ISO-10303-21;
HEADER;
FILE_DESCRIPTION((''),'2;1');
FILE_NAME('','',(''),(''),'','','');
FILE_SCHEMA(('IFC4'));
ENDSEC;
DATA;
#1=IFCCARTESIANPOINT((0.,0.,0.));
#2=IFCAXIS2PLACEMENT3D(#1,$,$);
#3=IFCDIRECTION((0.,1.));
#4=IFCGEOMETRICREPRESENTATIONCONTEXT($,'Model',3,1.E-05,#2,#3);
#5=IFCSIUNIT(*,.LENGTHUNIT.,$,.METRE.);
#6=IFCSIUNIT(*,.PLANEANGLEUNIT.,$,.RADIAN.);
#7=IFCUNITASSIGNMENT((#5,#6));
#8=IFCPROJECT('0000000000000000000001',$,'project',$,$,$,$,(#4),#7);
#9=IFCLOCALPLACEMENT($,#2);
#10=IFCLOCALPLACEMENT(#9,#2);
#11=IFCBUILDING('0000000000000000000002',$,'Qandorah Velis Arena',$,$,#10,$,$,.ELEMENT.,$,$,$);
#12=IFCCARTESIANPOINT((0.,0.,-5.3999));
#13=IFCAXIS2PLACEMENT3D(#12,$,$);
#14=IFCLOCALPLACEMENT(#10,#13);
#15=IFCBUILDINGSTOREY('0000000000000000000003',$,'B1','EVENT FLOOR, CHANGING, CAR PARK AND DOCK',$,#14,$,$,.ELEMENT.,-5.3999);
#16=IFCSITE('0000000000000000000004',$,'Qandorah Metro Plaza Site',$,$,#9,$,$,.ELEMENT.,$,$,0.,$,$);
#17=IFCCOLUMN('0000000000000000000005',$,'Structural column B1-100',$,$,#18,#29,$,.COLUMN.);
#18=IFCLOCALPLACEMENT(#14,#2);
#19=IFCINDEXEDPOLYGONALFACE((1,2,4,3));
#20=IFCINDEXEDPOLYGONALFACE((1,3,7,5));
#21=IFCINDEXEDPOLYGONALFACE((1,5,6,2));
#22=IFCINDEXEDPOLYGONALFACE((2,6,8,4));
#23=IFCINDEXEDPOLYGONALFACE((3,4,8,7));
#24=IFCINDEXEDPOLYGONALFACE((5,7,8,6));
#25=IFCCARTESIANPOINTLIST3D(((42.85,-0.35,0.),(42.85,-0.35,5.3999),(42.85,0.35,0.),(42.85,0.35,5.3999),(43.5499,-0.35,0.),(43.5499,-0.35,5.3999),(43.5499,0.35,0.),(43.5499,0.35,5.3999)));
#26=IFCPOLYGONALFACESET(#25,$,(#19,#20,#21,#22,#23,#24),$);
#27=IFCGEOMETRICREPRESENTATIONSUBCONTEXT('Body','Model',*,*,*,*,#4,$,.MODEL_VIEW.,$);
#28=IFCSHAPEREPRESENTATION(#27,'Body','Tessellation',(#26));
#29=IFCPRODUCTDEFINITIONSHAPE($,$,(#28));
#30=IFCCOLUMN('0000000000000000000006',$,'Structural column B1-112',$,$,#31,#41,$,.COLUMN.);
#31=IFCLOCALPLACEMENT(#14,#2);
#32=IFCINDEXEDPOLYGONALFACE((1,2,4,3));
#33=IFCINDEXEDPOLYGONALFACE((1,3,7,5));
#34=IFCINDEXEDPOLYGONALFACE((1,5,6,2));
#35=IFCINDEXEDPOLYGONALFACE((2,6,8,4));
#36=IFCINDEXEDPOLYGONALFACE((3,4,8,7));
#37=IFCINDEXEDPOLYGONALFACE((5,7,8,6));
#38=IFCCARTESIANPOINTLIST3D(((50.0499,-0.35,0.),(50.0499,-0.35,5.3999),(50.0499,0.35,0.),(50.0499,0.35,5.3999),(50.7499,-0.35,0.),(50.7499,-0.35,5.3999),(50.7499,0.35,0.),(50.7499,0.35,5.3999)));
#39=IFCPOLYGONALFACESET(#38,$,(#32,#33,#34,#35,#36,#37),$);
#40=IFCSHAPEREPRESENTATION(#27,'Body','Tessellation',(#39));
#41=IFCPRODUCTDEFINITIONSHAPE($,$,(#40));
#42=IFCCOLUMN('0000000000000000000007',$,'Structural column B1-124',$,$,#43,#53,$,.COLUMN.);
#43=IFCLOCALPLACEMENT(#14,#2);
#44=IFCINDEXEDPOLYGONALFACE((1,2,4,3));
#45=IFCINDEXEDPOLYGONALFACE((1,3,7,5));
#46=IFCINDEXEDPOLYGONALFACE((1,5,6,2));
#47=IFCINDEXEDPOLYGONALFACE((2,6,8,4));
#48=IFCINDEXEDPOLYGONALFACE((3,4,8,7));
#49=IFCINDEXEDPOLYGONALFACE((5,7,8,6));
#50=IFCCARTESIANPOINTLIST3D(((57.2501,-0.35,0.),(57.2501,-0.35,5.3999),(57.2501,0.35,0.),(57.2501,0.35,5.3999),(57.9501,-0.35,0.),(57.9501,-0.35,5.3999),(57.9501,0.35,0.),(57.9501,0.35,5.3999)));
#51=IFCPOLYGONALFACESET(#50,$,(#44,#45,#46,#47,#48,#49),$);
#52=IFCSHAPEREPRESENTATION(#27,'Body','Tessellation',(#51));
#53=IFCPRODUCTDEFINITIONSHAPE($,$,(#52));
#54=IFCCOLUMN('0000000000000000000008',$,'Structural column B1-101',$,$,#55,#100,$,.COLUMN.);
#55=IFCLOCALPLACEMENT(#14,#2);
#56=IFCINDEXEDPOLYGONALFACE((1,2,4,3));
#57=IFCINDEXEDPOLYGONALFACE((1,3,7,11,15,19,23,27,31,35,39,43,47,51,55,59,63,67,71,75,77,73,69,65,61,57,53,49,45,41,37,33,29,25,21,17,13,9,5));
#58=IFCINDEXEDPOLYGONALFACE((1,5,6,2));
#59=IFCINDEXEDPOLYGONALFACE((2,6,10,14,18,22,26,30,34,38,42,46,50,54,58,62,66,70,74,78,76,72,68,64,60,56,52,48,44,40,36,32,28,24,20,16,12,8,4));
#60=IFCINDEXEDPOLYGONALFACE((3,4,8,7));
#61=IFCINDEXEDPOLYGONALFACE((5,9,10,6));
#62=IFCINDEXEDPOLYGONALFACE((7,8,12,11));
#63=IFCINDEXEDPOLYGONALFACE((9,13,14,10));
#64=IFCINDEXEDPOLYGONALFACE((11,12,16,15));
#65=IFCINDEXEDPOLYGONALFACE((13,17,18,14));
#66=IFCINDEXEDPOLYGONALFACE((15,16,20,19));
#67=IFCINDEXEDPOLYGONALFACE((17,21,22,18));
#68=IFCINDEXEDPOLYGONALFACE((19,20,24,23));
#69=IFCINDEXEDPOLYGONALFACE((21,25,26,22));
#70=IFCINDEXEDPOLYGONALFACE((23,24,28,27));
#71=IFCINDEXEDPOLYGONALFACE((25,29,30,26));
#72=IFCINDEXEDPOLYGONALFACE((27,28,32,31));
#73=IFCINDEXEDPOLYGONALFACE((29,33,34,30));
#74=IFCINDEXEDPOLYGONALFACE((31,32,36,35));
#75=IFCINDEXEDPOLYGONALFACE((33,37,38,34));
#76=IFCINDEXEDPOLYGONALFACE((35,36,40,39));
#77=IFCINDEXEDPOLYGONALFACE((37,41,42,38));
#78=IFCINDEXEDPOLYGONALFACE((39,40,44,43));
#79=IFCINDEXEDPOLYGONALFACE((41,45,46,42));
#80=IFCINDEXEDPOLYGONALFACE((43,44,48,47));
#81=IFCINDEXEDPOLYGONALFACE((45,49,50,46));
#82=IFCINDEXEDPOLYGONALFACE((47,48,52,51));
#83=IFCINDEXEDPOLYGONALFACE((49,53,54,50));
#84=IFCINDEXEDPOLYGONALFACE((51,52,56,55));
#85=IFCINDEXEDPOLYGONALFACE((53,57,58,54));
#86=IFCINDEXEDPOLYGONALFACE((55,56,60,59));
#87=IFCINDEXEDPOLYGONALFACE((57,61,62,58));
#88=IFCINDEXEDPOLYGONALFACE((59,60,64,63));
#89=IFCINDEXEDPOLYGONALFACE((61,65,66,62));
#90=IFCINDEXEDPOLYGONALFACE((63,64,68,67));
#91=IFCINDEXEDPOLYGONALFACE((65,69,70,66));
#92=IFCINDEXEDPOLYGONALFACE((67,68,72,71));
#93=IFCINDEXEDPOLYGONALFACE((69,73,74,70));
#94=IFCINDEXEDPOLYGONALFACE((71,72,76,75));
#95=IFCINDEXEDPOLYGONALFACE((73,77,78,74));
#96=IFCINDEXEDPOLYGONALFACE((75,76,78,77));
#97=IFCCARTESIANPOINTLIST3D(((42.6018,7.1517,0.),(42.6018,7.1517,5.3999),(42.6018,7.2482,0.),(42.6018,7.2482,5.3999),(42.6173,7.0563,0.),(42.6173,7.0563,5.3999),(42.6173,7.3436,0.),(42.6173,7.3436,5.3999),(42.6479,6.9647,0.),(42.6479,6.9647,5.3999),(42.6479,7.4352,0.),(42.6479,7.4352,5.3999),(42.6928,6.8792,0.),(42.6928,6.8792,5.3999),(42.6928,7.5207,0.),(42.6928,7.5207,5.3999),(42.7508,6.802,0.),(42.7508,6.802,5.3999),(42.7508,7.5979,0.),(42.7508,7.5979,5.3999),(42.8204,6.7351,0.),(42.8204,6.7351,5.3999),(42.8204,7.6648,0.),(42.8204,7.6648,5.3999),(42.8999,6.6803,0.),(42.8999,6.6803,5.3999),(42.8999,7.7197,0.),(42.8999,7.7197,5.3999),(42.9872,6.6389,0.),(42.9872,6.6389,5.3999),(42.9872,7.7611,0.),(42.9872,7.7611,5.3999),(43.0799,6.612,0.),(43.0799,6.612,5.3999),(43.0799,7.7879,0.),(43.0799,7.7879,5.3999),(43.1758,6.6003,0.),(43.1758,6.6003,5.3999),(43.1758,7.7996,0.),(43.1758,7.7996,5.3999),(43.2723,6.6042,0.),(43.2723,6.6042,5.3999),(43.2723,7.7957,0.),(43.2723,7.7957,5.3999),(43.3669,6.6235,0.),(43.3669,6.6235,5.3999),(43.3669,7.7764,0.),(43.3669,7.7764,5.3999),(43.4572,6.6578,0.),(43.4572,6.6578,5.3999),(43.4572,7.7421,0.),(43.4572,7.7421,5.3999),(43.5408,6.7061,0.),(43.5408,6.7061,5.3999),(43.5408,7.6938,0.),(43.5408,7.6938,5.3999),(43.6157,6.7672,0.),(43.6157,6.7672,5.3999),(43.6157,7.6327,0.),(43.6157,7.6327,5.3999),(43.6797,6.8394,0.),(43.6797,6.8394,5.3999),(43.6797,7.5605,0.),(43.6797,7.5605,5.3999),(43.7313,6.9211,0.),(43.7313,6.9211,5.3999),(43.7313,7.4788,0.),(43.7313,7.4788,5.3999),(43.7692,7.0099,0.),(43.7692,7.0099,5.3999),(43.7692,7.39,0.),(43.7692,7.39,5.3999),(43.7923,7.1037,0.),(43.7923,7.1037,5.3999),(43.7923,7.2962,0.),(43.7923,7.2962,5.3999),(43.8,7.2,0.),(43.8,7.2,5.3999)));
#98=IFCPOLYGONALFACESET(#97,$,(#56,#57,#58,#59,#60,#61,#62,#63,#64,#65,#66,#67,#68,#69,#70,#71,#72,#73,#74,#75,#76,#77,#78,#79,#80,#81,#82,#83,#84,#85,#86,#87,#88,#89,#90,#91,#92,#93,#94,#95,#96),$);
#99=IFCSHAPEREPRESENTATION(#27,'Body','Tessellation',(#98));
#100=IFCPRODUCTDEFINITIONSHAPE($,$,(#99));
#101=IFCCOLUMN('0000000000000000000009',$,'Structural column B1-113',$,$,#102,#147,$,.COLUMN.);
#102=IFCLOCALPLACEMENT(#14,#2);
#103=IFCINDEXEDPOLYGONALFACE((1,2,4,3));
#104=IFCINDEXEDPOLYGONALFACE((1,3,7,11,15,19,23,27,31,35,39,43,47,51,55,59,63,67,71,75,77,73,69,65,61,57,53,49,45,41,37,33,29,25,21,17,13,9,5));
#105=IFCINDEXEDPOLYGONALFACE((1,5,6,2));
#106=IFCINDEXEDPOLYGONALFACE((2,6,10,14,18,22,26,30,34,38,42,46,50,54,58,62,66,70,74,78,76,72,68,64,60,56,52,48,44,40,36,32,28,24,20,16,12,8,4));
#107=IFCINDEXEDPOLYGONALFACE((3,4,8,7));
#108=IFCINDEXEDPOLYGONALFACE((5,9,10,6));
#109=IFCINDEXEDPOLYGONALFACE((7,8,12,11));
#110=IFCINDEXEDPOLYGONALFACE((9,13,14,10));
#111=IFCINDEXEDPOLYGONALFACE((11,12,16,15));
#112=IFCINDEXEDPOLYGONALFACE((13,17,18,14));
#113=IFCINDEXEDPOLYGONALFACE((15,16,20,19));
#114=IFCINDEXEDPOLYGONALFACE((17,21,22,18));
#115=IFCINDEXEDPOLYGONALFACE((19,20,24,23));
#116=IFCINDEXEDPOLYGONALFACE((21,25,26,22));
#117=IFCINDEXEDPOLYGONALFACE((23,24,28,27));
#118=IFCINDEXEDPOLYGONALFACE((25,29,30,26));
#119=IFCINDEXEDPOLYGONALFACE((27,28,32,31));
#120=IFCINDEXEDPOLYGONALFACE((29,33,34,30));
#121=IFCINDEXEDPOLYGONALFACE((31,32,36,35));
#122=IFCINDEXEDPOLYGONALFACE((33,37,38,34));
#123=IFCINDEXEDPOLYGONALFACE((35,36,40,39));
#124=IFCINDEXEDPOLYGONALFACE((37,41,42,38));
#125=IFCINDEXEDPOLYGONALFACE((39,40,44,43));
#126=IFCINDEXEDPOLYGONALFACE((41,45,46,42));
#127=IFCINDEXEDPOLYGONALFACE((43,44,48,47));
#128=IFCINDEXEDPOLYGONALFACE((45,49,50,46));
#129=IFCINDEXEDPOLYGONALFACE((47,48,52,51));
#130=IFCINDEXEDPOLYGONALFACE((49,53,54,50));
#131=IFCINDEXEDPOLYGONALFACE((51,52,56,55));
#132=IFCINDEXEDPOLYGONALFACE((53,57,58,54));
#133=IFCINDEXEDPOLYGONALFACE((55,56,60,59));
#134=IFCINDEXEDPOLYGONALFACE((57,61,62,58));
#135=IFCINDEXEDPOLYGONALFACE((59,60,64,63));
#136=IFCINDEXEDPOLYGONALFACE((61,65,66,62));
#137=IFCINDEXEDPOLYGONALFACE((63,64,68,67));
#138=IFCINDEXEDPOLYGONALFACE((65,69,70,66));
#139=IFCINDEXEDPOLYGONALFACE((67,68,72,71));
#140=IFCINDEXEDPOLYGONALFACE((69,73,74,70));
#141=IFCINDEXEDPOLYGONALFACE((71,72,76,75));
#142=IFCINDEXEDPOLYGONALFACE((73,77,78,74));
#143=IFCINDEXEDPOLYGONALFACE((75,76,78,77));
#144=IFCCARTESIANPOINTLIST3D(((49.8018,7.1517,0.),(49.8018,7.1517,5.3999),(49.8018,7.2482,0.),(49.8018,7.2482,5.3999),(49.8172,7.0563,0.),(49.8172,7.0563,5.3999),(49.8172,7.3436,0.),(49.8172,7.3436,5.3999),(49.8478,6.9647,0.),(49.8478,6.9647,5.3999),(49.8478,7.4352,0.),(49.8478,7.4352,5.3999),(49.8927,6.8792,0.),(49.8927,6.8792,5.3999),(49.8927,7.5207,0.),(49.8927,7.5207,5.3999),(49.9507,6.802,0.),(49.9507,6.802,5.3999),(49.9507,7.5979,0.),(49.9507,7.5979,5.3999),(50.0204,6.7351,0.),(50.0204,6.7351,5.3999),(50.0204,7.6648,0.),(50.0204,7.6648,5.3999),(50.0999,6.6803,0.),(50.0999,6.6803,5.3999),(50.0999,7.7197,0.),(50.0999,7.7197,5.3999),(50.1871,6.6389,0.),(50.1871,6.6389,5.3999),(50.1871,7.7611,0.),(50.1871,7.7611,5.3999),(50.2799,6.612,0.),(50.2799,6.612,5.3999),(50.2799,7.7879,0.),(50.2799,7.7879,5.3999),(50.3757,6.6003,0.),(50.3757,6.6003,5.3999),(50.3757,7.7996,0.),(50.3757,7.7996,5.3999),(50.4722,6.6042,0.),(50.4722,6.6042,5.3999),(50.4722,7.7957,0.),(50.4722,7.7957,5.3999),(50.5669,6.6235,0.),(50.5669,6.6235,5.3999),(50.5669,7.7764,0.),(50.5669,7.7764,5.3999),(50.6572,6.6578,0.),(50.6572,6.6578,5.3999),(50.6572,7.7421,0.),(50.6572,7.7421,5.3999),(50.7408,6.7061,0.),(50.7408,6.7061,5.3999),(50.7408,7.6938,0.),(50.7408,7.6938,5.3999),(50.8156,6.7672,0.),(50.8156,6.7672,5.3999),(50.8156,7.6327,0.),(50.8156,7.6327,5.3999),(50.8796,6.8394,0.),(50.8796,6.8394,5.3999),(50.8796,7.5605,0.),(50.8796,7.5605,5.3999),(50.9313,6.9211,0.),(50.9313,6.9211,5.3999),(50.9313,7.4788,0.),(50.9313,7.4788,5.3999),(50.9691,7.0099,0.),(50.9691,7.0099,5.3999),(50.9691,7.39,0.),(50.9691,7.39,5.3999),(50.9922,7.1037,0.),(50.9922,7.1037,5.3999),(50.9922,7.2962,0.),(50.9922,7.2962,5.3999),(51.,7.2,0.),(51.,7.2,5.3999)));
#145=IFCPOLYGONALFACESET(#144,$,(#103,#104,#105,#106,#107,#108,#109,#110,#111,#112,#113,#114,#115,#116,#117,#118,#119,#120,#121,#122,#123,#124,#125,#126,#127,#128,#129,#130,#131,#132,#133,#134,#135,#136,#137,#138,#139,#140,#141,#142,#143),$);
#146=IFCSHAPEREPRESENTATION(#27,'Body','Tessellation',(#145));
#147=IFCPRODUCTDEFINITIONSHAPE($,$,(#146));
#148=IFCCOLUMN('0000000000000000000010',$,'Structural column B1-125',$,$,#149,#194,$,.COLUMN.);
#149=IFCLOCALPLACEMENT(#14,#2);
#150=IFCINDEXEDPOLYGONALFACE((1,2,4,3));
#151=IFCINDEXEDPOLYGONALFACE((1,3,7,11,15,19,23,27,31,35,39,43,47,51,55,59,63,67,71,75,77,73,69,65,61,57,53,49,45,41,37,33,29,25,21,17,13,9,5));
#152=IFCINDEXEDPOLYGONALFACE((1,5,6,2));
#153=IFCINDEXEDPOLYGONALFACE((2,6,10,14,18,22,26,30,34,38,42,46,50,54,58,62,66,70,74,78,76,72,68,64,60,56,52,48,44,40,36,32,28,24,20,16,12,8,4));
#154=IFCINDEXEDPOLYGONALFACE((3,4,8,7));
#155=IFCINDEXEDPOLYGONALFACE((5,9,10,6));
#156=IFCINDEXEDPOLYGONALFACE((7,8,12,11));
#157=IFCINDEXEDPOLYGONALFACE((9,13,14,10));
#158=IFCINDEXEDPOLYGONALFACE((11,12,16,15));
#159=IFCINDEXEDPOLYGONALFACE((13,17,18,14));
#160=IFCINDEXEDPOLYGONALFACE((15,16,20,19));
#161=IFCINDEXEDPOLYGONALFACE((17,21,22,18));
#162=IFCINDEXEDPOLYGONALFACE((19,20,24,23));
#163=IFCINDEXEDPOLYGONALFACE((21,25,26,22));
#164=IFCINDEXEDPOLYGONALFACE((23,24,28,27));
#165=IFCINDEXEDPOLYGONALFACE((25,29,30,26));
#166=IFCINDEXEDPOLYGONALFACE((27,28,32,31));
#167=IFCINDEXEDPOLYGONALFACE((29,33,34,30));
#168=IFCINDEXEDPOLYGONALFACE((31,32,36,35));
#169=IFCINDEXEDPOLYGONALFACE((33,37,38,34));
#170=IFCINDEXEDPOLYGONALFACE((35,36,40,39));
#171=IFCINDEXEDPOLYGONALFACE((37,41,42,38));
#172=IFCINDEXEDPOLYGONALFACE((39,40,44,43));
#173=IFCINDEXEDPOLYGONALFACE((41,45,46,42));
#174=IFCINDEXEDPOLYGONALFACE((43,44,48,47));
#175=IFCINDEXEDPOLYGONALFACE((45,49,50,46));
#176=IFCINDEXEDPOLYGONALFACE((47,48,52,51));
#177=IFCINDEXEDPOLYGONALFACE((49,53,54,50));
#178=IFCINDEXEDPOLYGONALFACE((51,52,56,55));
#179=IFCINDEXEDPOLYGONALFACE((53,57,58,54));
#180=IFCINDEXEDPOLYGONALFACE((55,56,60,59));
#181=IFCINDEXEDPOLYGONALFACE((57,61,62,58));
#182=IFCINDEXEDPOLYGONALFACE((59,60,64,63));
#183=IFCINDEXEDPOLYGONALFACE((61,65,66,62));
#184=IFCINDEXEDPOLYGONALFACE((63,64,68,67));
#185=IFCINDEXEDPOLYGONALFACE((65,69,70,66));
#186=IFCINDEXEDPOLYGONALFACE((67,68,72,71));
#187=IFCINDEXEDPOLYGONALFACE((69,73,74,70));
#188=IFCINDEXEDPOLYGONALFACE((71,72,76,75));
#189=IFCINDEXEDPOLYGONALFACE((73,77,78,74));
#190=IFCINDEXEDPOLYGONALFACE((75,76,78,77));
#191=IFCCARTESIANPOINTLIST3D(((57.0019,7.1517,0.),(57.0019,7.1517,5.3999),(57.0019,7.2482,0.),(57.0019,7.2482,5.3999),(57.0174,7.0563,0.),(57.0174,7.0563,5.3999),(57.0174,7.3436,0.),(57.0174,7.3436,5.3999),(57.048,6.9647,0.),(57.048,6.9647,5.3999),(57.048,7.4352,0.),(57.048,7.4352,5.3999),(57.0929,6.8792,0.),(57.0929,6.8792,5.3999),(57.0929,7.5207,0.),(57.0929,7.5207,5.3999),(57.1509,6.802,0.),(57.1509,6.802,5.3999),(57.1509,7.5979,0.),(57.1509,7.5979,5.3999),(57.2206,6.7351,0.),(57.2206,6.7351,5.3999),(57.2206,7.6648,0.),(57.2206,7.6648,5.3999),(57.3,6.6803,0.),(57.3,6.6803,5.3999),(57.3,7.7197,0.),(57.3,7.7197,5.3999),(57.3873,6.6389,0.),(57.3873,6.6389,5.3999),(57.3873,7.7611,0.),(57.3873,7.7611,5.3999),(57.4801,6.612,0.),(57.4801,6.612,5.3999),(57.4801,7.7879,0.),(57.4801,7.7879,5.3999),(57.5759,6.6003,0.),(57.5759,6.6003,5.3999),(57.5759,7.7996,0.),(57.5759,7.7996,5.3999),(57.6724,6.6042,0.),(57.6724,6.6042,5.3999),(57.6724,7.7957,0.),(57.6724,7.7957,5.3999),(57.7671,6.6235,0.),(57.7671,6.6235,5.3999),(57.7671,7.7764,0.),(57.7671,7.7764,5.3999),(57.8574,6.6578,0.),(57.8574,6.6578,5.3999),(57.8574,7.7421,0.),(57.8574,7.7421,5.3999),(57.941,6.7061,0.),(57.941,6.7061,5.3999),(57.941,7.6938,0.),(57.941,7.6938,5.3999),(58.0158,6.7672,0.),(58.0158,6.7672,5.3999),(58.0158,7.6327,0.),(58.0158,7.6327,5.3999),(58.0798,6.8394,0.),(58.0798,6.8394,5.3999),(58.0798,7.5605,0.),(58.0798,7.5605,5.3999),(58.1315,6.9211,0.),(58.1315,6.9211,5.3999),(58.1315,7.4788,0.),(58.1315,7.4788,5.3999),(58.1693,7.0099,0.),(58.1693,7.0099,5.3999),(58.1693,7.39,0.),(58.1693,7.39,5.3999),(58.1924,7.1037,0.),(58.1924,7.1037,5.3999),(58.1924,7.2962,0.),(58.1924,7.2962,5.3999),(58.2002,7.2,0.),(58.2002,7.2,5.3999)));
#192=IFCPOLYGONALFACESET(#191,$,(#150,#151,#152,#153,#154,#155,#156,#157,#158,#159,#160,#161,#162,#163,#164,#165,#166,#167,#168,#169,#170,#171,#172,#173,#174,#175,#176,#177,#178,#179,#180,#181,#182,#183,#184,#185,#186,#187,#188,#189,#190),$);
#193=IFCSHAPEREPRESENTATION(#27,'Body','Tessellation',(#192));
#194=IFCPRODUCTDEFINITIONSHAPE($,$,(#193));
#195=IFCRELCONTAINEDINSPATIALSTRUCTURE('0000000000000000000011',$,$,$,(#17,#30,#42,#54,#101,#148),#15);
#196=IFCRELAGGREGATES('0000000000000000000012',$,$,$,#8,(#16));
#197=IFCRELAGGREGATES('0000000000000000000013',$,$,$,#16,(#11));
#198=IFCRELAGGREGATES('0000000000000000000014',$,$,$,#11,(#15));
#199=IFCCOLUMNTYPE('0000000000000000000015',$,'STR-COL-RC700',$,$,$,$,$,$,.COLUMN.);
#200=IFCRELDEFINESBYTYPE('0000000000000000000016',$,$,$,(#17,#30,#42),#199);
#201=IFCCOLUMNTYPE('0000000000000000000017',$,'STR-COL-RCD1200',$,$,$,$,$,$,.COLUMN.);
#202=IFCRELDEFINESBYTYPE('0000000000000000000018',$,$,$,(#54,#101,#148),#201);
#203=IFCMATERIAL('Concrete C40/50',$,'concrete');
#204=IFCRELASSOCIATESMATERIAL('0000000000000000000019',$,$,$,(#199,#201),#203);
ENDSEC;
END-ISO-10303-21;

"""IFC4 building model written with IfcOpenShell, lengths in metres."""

from ifc_helpers import new_model, si_unit, direction, frame, origin, origin_2d, place, context, subcontext, project, spatial, rectangle, circle, extrude, material, material_profile, profile_set, type_object, element, save


model = new_model("IFC4")

# Units and contexts
model_context = context("Model", 3, precision=1e-05, world=origin(), true_north=direction((0.0, 1.0)))
body_context = subcontext(model_context, "Body", "Model", "MODEL_VIEW")
ifc_project = project(units=[si_unit("LENGTHUNIT", "METRE"), si_unit("PLANEANGLEUNIT", "RADIAN")], contexts=[model_context])

# Site, building, storey
site_placement = place(None, origin())
site = spatial("IfcSite", under=ifc_project, at=site_placement, Name="Qandorah Metro Plaza Site", CompositionType="ELEMENT", RefElevation=0.0)
building_placement = place(site_placement, origin())
building = spatial("IfcBuilding", under=site, at=building_placement, Name="Qandorah Velis Arena", CompositionType="ELEMENT")
storey_placement = place(building_placement, frame((0.0, 0.0, -5.3999)))
storey = spatial("IfcBuildingStorey", under=building, at=storey_placement, Name="B1", Description="EVENT FLOOR, CHANGING, CAR PARK AND DOCK", CompositionType="ELEMENT", Elevation=-5.3999)

# Shared definitions
ifc_material_1 = material(Name="Concrete C40/50", Category="concrete")

# Columns
ifc_material_profile_1 = material_profile(ifc_material_1, rectangle(XDim=0.7, YDim=0.7, at=origin_2d()), Name="RC COL 700x700")
ifc_profile_set_1 = profile_set([ifc_material_profile_1], Name="Concrete C40/50")
column_type_1 = type_object("IfcColumnType", Name="STR-COL-RC700", PredefinedType="COLUMN", material=ifc_profile_set_1)
for number, where, z_axis, x_axis, name in (
    (1, (43.2, 0.0, 0.0), (0.0, 0.0, 1.0), (1.0, 0.0, 0.0), "Structural column B1-100"),
    (2, (50.3999, 0.0, 0.0), (0.0, 0.0, 1.0), (1.0, 0.0, 0.0), "Structural column B1-112"),
    (3, (57.6001, 0.0, 0.0), (0.0, 0.0, 1.0), (1.0, 0.0, 0.0), "Structural column B1-124"),
):
    element("IfcColumn", number, at=place(storey_placement, frame(where, z_axis=z_axis, x_axis=x_axis)), inside=storey, type_object=column_type_1, Name=name, PredefinedType="COLUMN", context=body_context, shape_type="SweptSolid", body=[
        extrude(rectangle(XDim=0.7, YDim=0.7, at=origin_2d()), origin(), (0.0, 0.0, 1.0), 5.3999),
    ])
ifc_material_profile_2 = material_profile(ifc_material_1, circle(Radius=0.6001, at=origin_2d()), Name="RC D1200")
ifc_profile_set_2 = profile_set([ifc_material_profile_2], Name="Concrete C40/50")
column_type_2 = type_object("IfcColumnType", Name="STR-COL-RCD1200", PredefinedType="COLUMN", material=ifc_profile_set_2)
for number, where, z_axis, x_axis, name in (
    (4, (43.2, 7.2, 0.0), (0.0, 0.0, 1.0), (1.0, 0.0, 0.0), "Structural column B1-101"),
    (5, (50.3999, 7.2, 0.0), (0.0, 0.0, 1.0), (1.0, 0.0, 0.0), "Structural column B1-113"),
    (6, (57.6001, 7.2, 0.0), (0.0, 0.0, 1.0), (1.0, 0.0, 0.0), "Structural column B1-125"),
):
    element("IfcColumn", number, at=place(storey_placement, frame(where, z_axis=z_axis, x_axis=x_axis)), inside=storey, type_object=column_type_2, Name=name, PredefinedType="COLUMN", context=body_context, shape_type="SweptSolid", body=[
        extrude(circle(Radius=0.6001, at=origin_2d()), origin(), (0.0, 0.0, 1.0), 5.3999),
    ])

save(model, "model.ifc")
